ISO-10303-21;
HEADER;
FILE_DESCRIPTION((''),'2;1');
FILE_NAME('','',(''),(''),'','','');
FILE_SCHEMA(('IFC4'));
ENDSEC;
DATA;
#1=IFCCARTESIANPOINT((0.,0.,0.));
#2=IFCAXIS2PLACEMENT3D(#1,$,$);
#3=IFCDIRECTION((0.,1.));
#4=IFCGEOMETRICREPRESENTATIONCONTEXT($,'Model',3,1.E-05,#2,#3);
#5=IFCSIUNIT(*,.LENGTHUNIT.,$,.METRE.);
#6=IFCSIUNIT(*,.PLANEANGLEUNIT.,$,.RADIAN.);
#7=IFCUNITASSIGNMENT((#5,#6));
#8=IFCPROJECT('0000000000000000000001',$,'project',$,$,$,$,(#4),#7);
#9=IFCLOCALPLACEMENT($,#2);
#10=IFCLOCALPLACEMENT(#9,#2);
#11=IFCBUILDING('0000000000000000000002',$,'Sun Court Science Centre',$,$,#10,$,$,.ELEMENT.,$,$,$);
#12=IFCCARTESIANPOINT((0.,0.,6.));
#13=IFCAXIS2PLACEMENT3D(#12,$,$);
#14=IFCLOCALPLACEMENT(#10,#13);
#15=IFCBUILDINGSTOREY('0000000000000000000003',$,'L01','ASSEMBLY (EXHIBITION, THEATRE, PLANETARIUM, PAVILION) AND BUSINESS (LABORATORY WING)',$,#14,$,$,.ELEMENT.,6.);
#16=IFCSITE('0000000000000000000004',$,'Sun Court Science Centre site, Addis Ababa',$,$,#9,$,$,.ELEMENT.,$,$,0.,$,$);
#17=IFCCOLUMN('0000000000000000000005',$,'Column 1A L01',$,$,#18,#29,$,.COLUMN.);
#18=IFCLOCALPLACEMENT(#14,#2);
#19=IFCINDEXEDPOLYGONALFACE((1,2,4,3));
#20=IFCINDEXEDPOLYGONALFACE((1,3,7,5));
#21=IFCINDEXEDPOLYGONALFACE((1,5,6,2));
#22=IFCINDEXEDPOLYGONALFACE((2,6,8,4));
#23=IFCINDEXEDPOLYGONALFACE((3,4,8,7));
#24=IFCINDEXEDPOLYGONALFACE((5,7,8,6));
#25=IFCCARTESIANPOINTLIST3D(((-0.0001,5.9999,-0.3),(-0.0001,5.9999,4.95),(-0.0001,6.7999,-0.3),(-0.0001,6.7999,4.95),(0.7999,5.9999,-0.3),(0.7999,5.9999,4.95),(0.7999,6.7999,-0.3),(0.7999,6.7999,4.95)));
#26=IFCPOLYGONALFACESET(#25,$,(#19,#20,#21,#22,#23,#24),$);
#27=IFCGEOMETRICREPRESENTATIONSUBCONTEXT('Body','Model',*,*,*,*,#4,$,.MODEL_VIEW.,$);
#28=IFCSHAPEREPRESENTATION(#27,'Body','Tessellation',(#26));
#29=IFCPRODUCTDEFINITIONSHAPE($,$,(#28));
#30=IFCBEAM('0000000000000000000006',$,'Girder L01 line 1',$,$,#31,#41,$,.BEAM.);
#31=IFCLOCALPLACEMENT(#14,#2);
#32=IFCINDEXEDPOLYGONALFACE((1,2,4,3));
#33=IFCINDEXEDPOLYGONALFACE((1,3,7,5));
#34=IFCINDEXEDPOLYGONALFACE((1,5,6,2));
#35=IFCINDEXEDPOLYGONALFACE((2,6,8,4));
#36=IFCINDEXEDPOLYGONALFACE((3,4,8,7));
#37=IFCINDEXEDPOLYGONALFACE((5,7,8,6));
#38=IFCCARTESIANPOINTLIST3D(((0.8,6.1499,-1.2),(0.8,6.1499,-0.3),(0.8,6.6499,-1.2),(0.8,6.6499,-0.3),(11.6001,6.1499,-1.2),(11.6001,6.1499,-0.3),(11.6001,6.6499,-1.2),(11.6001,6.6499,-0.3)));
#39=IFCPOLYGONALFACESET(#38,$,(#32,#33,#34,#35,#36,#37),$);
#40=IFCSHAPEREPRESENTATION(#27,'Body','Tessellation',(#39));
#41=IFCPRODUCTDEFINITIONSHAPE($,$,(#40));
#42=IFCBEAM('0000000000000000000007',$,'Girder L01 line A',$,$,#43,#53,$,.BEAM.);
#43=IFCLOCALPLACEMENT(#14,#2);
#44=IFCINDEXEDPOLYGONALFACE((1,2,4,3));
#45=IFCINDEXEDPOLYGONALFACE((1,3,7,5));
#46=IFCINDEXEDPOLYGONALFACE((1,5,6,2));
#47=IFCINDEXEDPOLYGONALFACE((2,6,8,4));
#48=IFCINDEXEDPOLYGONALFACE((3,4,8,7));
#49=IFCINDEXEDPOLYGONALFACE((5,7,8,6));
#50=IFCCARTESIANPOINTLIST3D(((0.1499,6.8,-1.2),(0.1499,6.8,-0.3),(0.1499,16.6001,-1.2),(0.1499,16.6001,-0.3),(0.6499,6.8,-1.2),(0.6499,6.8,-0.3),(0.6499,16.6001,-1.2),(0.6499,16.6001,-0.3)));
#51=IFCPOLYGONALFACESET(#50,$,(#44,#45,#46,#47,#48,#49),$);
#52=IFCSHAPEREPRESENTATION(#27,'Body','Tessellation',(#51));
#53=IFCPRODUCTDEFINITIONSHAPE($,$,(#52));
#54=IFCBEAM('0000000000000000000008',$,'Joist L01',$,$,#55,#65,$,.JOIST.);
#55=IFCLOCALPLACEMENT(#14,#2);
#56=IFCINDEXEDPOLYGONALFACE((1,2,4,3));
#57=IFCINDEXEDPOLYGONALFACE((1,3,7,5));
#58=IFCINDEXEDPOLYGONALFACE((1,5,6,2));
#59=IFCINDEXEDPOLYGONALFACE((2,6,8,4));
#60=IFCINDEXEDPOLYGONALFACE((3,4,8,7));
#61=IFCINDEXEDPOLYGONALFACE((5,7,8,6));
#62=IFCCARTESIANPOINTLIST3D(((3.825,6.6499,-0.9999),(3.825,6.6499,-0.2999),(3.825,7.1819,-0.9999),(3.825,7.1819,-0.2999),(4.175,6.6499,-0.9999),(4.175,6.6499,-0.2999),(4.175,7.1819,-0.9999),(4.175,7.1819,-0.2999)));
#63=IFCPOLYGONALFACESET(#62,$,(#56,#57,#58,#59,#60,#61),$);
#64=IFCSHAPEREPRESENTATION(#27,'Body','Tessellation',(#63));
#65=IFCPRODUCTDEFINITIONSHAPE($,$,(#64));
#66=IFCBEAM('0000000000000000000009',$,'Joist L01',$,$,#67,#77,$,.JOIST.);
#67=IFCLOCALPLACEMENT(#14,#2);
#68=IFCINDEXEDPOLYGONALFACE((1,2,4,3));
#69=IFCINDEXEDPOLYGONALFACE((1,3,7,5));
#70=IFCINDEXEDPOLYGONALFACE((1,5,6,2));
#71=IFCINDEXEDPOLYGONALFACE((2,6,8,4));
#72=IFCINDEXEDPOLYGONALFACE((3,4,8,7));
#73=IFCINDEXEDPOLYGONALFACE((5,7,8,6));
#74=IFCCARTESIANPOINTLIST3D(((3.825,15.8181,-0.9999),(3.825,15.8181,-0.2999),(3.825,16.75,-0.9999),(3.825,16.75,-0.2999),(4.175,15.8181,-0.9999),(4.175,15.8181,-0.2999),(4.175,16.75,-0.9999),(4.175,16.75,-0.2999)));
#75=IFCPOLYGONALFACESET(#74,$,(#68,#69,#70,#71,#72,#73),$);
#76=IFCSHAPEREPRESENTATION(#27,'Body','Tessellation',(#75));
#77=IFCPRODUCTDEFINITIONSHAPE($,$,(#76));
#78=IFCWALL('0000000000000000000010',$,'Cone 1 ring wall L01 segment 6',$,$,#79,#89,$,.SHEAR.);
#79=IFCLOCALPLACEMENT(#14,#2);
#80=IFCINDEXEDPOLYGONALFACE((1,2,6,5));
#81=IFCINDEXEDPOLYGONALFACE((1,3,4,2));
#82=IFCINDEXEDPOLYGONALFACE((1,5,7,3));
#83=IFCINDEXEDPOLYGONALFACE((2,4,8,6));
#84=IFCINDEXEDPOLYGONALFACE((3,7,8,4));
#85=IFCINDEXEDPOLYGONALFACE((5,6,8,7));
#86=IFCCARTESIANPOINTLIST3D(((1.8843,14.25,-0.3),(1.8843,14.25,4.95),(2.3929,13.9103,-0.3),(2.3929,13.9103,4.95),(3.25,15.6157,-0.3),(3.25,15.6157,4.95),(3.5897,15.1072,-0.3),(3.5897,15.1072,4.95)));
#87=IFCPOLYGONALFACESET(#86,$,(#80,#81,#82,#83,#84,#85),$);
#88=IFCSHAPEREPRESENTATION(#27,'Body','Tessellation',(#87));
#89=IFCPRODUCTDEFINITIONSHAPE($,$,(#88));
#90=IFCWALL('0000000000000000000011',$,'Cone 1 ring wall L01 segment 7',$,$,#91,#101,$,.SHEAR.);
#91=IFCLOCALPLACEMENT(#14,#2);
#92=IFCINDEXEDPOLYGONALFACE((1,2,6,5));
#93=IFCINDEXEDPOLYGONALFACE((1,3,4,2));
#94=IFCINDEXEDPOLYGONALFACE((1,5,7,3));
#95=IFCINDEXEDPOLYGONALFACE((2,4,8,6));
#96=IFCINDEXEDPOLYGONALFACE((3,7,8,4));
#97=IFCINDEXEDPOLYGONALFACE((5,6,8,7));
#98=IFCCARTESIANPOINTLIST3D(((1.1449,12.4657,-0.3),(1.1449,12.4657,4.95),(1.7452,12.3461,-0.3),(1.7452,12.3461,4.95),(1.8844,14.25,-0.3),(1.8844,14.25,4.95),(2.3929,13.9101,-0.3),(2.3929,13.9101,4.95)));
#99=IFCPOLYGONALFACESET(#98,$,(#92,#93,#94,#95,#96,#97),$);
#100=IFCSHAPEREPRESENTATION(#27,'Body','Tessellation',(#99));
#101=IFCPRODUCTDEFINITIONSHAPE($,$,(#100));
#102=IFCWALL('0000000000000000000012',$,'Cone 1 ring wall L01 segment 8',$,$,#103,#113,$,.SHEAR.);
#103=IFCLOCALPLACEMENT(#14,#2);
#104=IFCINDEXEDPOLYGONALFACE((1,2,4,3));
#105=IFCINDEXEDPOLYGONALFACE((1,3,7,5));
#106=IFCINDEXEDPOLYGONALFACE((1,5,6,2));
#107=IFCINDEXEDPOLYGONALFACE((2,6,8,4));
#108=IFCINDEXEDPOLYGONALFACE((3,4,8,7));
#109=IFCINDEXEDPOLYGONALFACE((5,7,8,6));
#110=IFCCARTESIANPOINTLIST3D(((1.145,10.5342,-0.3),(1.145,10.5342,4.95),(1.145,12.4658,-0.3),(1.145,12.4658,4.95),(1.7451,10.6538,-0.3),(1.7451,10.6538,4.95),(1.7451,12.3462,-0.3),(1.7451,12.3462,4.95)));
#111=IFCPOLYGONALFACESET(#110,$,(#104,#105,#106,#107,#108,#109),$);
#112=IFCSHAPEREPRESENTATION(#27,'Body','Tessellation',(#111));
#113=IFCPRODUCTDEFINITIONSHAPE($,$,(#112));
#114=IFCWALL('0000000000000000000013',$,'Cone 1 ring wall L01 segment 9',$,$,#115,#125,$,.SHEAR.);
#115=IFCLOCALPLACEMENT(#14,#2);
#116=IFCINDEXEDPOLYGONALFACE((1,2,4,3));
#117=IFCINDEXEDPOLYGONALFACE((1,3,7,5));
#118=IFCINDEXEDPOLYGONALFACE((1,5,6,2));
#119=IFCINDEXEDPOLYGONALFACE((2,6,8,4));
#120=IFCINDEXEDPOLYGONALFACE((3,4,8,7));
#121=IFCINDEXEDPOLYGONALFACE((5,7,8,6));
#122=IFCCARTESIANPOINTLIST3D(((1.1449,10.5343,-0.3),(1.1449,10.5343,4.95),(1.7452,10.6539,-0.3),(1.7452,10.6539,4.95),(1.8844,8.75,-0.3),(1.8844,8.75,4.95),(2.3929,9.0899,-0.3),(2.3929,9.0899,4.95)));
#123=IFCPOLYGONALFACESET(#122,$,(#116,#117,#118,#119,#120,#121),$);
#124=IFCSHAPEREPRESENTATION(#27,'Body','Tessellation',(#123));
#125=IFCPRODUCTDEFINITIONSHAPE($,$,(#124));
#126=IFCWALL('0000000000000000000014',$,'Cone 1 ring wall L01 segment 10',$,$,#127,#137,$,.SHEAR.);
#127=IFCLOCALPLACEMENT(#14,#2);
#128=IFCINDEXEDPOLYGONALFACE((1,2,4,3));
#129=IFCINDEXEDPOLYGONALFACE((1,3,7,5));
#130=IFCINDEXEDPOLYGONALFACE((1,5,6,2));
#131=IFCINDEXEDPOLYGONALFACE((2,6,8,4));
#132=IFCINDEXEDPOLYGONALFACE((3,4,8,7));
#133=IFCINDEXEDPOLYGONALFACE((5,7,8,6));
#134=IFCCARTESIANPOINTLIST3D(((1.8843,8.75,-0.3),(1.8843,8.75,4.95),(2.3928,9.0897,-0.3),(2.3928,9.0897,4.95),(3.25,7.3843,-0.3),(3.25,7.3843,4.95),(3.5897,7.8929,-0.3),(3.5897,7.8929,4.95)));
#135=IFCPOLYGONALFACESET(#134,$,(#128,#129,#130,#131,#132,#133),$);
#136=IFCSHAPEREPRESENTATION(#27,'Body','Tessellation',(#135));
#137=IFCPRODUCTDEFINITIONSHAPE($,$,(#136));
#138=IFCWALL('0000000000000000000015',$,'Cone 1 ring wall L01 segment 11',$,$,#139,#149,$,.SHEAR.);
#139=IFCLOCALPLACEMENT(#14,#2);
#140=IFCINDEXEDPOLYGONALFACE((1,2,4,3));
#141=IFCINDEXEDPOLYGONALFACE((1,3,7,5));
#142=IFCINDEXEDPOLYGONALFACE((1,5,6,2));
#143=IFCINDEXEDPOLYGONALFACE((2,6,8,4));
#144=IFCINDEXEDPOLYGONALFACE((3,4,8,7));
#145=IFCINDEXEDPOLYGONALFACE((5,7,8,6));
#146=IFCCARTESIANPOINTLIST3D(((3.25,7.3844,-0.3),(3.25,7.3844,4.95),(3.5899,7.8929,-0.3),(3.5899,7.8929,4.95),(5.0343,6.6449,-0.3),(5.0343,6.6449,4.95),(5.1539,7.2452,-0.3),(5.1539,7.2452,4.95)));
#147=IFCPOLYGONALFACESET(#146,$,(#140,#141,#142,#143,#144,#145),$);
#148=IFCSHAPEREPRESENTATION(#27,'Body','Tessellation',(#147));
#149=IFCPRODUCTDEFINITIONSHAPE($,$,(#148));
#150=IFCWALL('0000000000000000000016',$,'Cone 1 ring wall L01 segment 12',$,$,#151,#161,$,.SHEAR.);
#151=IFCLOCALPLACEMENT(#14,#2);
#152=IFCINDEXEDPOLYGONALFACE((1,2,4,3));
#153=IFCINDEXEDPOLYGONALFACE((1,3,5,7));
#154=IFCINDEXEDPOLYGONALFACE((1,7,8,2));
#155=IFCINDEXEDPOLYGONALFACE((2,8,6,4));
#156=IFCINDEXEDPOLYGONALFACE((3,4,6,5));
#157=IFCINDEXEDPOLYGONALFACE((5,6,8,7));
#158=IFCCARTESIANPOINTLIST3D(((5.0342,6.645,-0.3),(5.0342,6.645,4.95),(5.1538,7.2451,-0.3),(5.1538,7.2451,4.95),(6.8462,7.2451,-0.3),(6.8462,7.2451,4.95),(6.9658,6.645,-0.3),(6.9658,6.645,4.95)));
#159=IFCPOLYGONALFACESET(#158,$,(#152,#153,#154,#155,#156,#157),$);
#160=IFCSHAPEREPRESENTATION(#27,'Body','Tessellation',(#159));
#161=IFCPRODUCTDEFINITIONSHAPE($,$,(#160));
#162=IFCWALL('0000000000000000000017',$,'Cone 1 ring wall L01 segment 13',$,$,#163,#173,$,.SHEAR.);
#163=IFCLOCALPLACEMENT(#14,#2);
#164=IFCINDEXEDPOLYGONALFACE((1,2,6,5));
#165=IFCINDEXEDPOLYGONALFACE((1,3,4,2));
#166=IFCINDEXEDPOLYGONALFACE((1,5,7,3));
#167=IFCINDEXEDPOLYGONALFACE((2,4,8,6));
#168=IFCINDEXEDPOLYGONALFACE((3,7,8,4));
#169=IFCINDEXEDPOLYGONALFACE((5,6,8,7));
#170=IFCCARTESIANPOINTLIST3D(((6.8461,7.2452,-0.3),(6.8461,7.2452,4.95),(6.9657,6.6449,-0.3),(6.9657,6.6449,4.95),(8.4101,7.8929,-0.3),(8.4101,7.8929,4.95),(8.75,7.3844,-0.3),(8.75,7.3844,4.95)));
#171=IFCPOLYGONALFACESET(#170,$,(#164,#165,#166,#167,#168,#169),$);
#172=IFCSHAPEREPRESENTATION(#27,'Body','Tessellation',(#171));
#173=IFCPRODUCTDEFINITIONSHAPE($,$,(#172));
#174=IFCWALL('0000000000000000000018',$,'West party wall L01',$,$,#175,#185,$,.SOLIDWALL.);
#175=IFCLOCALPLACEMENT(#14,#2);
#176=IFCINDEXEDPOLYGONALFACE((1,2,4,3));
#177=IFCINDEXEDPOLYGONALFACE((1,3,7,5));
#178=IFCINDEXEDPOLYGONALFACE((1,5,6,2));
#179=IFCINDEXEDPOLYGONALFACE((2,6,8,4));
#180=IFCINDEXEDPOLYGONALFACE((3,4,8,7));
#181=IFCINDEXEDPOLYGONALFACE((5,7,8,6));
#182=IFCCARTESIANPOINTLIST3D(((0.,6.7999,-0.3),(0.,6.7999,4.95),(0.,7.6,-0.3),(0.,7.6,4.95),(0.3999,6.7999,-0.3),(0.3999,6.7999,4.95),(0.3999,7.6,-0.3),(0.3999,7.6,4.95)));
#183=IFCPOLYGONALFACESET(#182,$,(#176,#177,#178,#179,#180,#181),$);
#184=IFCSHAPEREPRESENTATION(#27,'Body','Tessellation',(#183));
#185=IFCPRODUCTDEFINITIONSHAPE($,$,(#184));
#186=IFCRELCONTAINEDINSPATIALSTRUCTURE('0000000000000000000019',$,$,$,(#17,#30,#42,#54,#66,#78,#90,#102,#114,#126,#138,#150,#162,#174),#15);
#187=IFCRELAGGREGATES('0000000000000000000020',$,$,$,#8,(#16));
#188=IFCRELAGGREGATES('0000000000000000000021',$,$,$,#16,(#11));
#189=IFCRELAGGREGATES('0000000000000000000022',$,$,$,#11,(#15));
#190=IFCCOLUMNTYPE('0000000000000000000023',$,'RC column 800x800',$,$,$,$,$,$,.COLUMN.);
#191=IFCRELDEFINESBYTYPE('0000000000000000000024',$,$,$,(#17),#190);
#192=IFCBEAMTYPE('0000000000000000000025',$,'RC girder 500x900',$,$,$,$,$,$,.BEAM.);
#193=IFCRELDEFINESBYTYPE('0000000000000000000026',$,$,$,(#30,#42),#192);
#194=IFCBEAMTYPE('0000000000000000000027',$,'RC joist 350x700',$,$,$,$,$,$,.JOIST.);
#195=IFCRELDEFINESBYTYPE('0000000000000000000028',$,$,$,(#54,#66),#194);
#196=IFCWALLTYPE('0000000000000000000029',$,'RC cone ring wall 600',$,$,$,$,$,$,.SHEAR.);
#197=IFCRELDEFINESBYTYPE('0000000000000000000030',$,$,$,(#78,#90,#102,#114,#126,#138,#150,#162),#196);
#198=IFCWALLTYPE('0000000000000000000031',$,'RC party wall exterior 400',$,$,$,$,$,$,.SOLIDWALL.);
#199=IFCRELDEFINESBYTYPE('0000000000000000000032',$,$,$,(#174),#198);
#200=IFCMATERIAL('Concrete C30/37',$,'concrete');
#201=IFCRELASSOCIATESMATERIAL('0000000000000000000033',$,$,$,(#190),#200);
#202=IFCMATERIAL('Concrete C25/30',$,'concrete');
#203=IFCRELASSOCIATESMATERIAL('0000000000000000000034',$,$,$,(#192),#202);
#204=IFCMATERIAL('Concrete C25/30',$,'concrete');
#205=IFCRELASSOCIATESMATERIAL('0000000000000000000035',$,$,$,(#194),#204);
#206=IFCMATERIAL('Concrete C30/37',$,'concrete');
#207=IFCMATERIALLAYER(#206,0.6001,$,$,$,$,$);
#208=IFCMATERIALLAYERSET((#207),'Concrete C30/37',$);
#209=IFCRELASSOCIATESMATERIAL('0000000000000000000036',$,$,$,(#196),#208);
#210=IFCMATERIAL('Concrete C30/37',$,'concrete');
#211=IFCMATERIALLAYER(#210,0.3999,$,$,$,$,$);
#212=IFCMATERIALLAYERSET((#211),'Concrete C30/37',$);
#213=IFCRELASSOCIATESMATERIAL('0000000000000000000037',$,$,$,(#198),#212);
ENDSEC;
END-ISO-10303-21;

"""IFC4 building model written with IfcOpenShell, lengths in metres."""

from ifc_helpers import new_model, si_unit, direction, frame, frame_2d, origin, origin_2d, place, context, subcontext, project, spatial, polyline, rectangle, outline, extrude, material, layer, layer_set, material_profile, profile_set, type_object, element, save


model = new_model("IFC4")

# Units and contexts
model_context = context("Model", 3, precision=1e-05, world=origin(), true_north=direction((0.0, 1.0)))
body_context = subcontext(model_context, "Body", "Model", "MODEL_VIEW")
ifc_project = project(units=[si_unit("LENGTHUNIT", "METRE"), si_unit("PLANEANGLEUNIT", "RADIAN")], contexts=[model_context])

# Site, building, storey
site_placement = place(None, origin())
site = spatial("IfcSite", under=ifc_project, at=site_placement, Name="Sun Court Science Centre site, Addis Ababa", CompositionType="ELEMENT", RefElevation=0.0)
building_placement = place(site_placement, origin())
building = spatial("IfcBuilding", under=site, at=building_placement, Name="Sun Court Science Centre", CompositionType="ELEMENT")
storey_placement = place(building_placement, frame((0.0, 0.0, 6.0)))
storey = spatial("IfcBuildingStorey", under=building, at=storey_placement, Name="L01", Description="ASSEMBLY (EXHIBITION, THEATRE, PLANETARIUM, PAVILION) AND BUSINESS (LABORATORY WING)", CompositionType="ELEMENT", Elevation=6.0)

# Column
ifc_material_1 = material(Name="Concrete C30/37", Category="concrete")
ifc_material_profile_1 = material_profile(ifc_material_1, rectangle(XDim=0.8, YDim=0.8, at=origin_2d()), Name="RC 800x800")
ifc_profile_set_1 = profile_set([ifc_material_profile_1], Name="Concrete C30/37")
column_type = type_object("IfcColumnType", Name="RC column 800x800", PredefinedType="COLUMN", material=ifc_profile_set_1)
column_placement = place(storey_placement, frame((0.3999, 6.3999, -0.3), z_axis=(0.0, 0.0, 1.0), x_axis=(1.0, 0.0, 0.0)))
element("IfcColumn", 1, at=column_placement, inside=storey, type_object=column_type, Name="Column 1A L01", PredefinedType="COLUMN", context=body_context, shape_type="SweptSolid", body=[
    extrude(rectangle(XDim=0.8, YDim=0.8, at=origin_2d()), origin(), (0.0, 0.0, 1.0), 5.25),
])

# Beams
ifc_material_2 = material(Name="Concrete C25/30", Category="concrete")
ifc_material_profile_2 = material_profile(ifc_material_2, rectangle(XDim=0.5, YDim=0.8999, at=origin_2d()), Name="RC 500x900")
ifc_profile_set_2 = profile_set([ifc_material_profile_2], Name="Concrete C25/30")
beam_type_1 = type_object("IfcBeamType", Name="RC girder 500x900", PredefinedType="BEAM", material=ifc_profile_set_2)
beam_1_placement = place(storey_placement, frame((0.8, 6.3999, -0.75), z_axis=(1.0, 0.0, 0.0), x_axis=(0.0, 1.0, 0.0)))
element("IfcBeam", 2, at=beam_1_placement, inside=storey, type_object=beam_type_1, Name="Girder L01 line 1", PredefinedType="BEAM", context=body_context, shape_type="SweptSolid", body=[
    extrude(rectangle(XDim=0.5, YDim=0.8999, at=origin_2d()), origin(), (0.0, 0.0, 1.0), 10.8),
])
beam_2_placement = place(storey_placement, frame((0.3999, 6.8, -0.75), z_axis=(0.0, 1.0, 0.0), x_axis=(-1.0, 0.0, 0.0)))
element("IfcBeam", 3, at=beam_2_placement, inside=storey, type_object=beam_type_1, Name="Girder L01 line A", PredefinedType="BEAM", context=body_context, shape_type="SweptSolid", body=[
    extrude(rectangle(XDim=0.5, YDim=0.8999, at=origin_2d()), origin(), (0.0, 0.0, 1.0), 9.8),
])
ifc_material_3 = material(Name="Concrete C25/30", Category="concrete")
ifc_material_profile_3 = material_profile(ifc_material_3, rectangle(XDim=0.3501, YDim=0.7, at=origin_2d()), Name="RC 350x700")
ifc_profile_set_3 = profile_set([ifc_material_profile_3], Name="Concrete C25/30")
beam_type_2 = type_object("IfcBeamType", Name="RC joist 350x700", PredefinedType="JOIST", material=ifc_profile_set_3)
beam_3_placement = place(storey_placement, frame((4.0, 6.6499, -0.6499), z_axis=(0.0, 1.0, 0.0), x_axis=(-1.0, 0.0, 0.0)))
element("IfcBeam", 4, at=beam_3_placement, inside=storey, type_object=beam_type_2, Name="Joist L01", PredefinedType="JOIST", context=body_context, shape_type="SweptSolid", body=[
    extrude(rectangle(XDim=0.3501, YDim=0.7, at=origin_2d()), origin(), (0.0, 0.0, 1.0), 0.532),
])
beam_4_placement = place(storey_placement, frame((4.0, 15.8181, -0.6499), z_axis=(0.0, 1.0, 0.0), x_axis=(-1.0, 0.0, 0.0)))
element("IfcBeam", 5, at=beam_4_placement, inside=storey, type_object=beam_type_2, Name="Joist L01", PredefinedType="JOIST", context=body_context, shape_type="SweptSolid", body=[
    extrude(rectangle(XDim=0.3501, YDim=0.7, at=origin_2d()), origin(), (0.0, 0.0, 1.0), 0.9319),
])

# Walls
ifc_material_4 = material(Name="Concrete C30/37", Category="concrete")
ifc_layer_1 = layer(ifc_material_4, 0.6001)
ifc_layer_set_1 = layer_set([ifc_layer_1], Name="Concrete C30/37")
wall_type_1 = type_object("IfcWallType", Name="RC cone ring wall 600", PredefinedType="SHEAR", material=ifc_layer_set_1)
wall_1_placement = place(storey_placement, frame((3.4622, 15.4036, -0.3), z_axis=(0.0, 0.0, 1.0), x_axis=(-0.707107, -0.707107, 0.0)))
element("IfcWall", 6, at=wall_1_placement, inside=storey, type_object=wall_type_1, Name="Cone 1 ring wall L01 segment 6", PredefinedType="SHEAR", context=body_context, shape_type="SweptSolid", body=[
    extrude(outline(polyline([(0.0, -0.3), (1.9314, -0.3), (1.812, 0.2998), (0.1194, 0.2998), (0.0, -0.3)])), origin(), (0.0, 0.0, 1.0), 5.25),
])
wall_2_placement = place(storey_placement, frame((2.1614, 14.1353, -0.3), z_axis=(0.0, 0.0, 1.0), x_axis=(-0.382631, -0.923901, 0.0)))
element("IfcWall", 7, at=wall_2_placement, inside=storey, type_object=wall_type_1, Name="Cone 1 ring wall L01 segment 7", PredefinedType="SHEAR", context=body_context, shape_type="SweptSolid", body=[
    extrude(outline(polyline([(0.0, -0.2998), (1.9314, -0.3003), (1.8123, 0.3), (0.1194, 0.3), (0.0, -0.2998)])), origin(), (0.0, 0.0, 1.0), 5.25),
])
wall_3_placement = place(storey_placement, frame((1.4451, 12.4656, -0.3), z_axis=(0.0, 0.0, 1.0), x_axis=(0.0, -1.0, 0.0)))
element("IfcWall", 8, at=wall_3_placement, inside=storey, type_object=wall_type_1, Name="Cone 1 ring wall L01 segment 8", PredefinedType="SHEAR", context=body_context, shape_type="SweptSolid", body=[
    extrude(outline(polyline([(-0.0002, -0.3), (1.9314, -0.3), (1.8118, 0.3), (0.1194, 0.3), (-0.0002, -0.3)])), origin(), (0.0, 0.0, 1.0), 5.25),
])
wall_4_placement = place(storey_placement, frame((1.4224, 10.6492, -0.3), z_axis=(0.0, 0.0, 1.0), x_axis=(0.382631, -0.923901, 0.0)))
element("IfcWall", 9, at=wall_4_placement, inside=storey, type_object=wall_type_1, Name="Cone 1 ring wall L01 segment 9", PredefinedType="SHEAR", context=body_context, shape_type="SweptSolid", body=[
    extrude(outline(polyline([(0.0, -0.3003), (1.9314, -0.2998), (1.812, 0.3), (0.1191, 0.3), (0.0, -0.3003)])), origin(), (0.0, 0.0, 1.0), 5.25),
])
wall_5_placement = place(storey_placement, frame((2.0964, 8.9622, -0.3), z_axis=(0.0, 0.0, 1.0), x_axis=(0.707107, -0.707107, 0.0)))
element("IfcWall", 10, at=wall_5_placement, inside=storey, type_object=wall_type_1, Name="Cone 1 ring wall L01 segment 10", PredefinedType="SHEAR", context=body_context, shape_type="SweptSolid", body=[
    extrude(outline(polyline([(0.0, -0.3), (1.9314, -0.3), (1.812, 0.2998), (0.1194, 0.2998), (0.0, -0.3)])), origin(), (0.0, 0.0, 1.0), 5.25),
])
wall_6_placement = place(storey_placement, frame((3.3647, 7.6614, -0.3), z_axis=(0.0, 0.0, 1.0), x_axis=(0.923901, -0.382631, 0.0)))
element("IfcWall", 11, at=wall_6_placement, inside=storey, type_object=wall_type_1, Name="Cone 1 ring wall L01 segment 11", PredefinedType="SHEAR", context=body_context, shape_type="SweptSolid", body=[
    extrude(outline(polyline([(0.0, -0.2998), (1.9314, -0.3003), (1.8123, 0.3), (0.1194, 0.3), (0.0, -0.2998)])), origin(), (0.0, 0.0, 1.0), 5.25),
])
wall_7_placement = place(storey_placement, frame((5.0344, 6.9451, -0.3), z_axis=(0.0, 0.0, 1.0), x_axis=(1.0, 0.0, 0.0)))
element("IfcWall", 12, at=wall_7_placement, inside=storey, type_object=wall_type_1, Name="Cone 1 ring wall L01 segment 12", PredefinedType="SHEAR", context=body_context, shape_type="SweptSolid", body=[
    extrude(outline(polyline([(-0.0002, -0.3), (1.9314, -0.3), (1.8118, 0.3), (0.1194, 0.3), (-0.0002, -0.3)])), origin(), (0.0, 0.0, 1.0), 5.25),
])
wall_8_placement = place(storey_placement, frame((6.8508, 6.9224, -0.3), z_axis=(0.0, 0.0, 1.0), x_axis=(0.923901, 0.382631, 0.0)))
element("IfcWall", 13, at=wall_8_placement, inside=storey, type_object=wall_type_1, Name="Cone 1 ring wall L01 segment 13", PredefinedType="SHEAR", context=body_context, shape_type="SweptSolid", body=[
    extrude(outline(polyline([(0.0, -0.3003), (1.9314, -0.2998), (1.812, 0.3), (0.1191, 0.3), (0.0, -0.3003)])), origin(), (0.0, 0.0, 1.0), 5.25),
])
ifc_material_5 = material(Name="Concrete C30/37", Category="concrete")
ifc_layer_2 = layer(ifc_material_5, 0.3999)
ifc_layer_set_2 = layer_set([ifc_layer_2], Name="Concrete C30/37")
wall_type_2 = type_object("IfcWallType", Name="RC party wall exterior 400", PredefinedType="SOLIDWALL", material=ifc_layer_set_2)
for number, where, z_axis, x_axis, name in (
    (14, (0.2, 6.8, -0.3), (0.0, 0.0, 1.0), (0.0, 1.0, 0.0), "West party wall L01"),
):
    element("IfcWall", number, at=place(storey_placement, frame(where, z_axis=z_axis, x_axis=x_axis)), inside=storey, type_object=wall_type_2, Name=name, PredefinedType="SOLIDWALL", context=body_context, shape_type="SweptSolid", body=[
        extrude(rectangle(XDim=0.8, YDim=0.3999, at=frame_2d((0.3999, 0.0))), origin(), (0.0, 0.0, 1.0), 5.25),
    ])

save(model, "model.ifc")
